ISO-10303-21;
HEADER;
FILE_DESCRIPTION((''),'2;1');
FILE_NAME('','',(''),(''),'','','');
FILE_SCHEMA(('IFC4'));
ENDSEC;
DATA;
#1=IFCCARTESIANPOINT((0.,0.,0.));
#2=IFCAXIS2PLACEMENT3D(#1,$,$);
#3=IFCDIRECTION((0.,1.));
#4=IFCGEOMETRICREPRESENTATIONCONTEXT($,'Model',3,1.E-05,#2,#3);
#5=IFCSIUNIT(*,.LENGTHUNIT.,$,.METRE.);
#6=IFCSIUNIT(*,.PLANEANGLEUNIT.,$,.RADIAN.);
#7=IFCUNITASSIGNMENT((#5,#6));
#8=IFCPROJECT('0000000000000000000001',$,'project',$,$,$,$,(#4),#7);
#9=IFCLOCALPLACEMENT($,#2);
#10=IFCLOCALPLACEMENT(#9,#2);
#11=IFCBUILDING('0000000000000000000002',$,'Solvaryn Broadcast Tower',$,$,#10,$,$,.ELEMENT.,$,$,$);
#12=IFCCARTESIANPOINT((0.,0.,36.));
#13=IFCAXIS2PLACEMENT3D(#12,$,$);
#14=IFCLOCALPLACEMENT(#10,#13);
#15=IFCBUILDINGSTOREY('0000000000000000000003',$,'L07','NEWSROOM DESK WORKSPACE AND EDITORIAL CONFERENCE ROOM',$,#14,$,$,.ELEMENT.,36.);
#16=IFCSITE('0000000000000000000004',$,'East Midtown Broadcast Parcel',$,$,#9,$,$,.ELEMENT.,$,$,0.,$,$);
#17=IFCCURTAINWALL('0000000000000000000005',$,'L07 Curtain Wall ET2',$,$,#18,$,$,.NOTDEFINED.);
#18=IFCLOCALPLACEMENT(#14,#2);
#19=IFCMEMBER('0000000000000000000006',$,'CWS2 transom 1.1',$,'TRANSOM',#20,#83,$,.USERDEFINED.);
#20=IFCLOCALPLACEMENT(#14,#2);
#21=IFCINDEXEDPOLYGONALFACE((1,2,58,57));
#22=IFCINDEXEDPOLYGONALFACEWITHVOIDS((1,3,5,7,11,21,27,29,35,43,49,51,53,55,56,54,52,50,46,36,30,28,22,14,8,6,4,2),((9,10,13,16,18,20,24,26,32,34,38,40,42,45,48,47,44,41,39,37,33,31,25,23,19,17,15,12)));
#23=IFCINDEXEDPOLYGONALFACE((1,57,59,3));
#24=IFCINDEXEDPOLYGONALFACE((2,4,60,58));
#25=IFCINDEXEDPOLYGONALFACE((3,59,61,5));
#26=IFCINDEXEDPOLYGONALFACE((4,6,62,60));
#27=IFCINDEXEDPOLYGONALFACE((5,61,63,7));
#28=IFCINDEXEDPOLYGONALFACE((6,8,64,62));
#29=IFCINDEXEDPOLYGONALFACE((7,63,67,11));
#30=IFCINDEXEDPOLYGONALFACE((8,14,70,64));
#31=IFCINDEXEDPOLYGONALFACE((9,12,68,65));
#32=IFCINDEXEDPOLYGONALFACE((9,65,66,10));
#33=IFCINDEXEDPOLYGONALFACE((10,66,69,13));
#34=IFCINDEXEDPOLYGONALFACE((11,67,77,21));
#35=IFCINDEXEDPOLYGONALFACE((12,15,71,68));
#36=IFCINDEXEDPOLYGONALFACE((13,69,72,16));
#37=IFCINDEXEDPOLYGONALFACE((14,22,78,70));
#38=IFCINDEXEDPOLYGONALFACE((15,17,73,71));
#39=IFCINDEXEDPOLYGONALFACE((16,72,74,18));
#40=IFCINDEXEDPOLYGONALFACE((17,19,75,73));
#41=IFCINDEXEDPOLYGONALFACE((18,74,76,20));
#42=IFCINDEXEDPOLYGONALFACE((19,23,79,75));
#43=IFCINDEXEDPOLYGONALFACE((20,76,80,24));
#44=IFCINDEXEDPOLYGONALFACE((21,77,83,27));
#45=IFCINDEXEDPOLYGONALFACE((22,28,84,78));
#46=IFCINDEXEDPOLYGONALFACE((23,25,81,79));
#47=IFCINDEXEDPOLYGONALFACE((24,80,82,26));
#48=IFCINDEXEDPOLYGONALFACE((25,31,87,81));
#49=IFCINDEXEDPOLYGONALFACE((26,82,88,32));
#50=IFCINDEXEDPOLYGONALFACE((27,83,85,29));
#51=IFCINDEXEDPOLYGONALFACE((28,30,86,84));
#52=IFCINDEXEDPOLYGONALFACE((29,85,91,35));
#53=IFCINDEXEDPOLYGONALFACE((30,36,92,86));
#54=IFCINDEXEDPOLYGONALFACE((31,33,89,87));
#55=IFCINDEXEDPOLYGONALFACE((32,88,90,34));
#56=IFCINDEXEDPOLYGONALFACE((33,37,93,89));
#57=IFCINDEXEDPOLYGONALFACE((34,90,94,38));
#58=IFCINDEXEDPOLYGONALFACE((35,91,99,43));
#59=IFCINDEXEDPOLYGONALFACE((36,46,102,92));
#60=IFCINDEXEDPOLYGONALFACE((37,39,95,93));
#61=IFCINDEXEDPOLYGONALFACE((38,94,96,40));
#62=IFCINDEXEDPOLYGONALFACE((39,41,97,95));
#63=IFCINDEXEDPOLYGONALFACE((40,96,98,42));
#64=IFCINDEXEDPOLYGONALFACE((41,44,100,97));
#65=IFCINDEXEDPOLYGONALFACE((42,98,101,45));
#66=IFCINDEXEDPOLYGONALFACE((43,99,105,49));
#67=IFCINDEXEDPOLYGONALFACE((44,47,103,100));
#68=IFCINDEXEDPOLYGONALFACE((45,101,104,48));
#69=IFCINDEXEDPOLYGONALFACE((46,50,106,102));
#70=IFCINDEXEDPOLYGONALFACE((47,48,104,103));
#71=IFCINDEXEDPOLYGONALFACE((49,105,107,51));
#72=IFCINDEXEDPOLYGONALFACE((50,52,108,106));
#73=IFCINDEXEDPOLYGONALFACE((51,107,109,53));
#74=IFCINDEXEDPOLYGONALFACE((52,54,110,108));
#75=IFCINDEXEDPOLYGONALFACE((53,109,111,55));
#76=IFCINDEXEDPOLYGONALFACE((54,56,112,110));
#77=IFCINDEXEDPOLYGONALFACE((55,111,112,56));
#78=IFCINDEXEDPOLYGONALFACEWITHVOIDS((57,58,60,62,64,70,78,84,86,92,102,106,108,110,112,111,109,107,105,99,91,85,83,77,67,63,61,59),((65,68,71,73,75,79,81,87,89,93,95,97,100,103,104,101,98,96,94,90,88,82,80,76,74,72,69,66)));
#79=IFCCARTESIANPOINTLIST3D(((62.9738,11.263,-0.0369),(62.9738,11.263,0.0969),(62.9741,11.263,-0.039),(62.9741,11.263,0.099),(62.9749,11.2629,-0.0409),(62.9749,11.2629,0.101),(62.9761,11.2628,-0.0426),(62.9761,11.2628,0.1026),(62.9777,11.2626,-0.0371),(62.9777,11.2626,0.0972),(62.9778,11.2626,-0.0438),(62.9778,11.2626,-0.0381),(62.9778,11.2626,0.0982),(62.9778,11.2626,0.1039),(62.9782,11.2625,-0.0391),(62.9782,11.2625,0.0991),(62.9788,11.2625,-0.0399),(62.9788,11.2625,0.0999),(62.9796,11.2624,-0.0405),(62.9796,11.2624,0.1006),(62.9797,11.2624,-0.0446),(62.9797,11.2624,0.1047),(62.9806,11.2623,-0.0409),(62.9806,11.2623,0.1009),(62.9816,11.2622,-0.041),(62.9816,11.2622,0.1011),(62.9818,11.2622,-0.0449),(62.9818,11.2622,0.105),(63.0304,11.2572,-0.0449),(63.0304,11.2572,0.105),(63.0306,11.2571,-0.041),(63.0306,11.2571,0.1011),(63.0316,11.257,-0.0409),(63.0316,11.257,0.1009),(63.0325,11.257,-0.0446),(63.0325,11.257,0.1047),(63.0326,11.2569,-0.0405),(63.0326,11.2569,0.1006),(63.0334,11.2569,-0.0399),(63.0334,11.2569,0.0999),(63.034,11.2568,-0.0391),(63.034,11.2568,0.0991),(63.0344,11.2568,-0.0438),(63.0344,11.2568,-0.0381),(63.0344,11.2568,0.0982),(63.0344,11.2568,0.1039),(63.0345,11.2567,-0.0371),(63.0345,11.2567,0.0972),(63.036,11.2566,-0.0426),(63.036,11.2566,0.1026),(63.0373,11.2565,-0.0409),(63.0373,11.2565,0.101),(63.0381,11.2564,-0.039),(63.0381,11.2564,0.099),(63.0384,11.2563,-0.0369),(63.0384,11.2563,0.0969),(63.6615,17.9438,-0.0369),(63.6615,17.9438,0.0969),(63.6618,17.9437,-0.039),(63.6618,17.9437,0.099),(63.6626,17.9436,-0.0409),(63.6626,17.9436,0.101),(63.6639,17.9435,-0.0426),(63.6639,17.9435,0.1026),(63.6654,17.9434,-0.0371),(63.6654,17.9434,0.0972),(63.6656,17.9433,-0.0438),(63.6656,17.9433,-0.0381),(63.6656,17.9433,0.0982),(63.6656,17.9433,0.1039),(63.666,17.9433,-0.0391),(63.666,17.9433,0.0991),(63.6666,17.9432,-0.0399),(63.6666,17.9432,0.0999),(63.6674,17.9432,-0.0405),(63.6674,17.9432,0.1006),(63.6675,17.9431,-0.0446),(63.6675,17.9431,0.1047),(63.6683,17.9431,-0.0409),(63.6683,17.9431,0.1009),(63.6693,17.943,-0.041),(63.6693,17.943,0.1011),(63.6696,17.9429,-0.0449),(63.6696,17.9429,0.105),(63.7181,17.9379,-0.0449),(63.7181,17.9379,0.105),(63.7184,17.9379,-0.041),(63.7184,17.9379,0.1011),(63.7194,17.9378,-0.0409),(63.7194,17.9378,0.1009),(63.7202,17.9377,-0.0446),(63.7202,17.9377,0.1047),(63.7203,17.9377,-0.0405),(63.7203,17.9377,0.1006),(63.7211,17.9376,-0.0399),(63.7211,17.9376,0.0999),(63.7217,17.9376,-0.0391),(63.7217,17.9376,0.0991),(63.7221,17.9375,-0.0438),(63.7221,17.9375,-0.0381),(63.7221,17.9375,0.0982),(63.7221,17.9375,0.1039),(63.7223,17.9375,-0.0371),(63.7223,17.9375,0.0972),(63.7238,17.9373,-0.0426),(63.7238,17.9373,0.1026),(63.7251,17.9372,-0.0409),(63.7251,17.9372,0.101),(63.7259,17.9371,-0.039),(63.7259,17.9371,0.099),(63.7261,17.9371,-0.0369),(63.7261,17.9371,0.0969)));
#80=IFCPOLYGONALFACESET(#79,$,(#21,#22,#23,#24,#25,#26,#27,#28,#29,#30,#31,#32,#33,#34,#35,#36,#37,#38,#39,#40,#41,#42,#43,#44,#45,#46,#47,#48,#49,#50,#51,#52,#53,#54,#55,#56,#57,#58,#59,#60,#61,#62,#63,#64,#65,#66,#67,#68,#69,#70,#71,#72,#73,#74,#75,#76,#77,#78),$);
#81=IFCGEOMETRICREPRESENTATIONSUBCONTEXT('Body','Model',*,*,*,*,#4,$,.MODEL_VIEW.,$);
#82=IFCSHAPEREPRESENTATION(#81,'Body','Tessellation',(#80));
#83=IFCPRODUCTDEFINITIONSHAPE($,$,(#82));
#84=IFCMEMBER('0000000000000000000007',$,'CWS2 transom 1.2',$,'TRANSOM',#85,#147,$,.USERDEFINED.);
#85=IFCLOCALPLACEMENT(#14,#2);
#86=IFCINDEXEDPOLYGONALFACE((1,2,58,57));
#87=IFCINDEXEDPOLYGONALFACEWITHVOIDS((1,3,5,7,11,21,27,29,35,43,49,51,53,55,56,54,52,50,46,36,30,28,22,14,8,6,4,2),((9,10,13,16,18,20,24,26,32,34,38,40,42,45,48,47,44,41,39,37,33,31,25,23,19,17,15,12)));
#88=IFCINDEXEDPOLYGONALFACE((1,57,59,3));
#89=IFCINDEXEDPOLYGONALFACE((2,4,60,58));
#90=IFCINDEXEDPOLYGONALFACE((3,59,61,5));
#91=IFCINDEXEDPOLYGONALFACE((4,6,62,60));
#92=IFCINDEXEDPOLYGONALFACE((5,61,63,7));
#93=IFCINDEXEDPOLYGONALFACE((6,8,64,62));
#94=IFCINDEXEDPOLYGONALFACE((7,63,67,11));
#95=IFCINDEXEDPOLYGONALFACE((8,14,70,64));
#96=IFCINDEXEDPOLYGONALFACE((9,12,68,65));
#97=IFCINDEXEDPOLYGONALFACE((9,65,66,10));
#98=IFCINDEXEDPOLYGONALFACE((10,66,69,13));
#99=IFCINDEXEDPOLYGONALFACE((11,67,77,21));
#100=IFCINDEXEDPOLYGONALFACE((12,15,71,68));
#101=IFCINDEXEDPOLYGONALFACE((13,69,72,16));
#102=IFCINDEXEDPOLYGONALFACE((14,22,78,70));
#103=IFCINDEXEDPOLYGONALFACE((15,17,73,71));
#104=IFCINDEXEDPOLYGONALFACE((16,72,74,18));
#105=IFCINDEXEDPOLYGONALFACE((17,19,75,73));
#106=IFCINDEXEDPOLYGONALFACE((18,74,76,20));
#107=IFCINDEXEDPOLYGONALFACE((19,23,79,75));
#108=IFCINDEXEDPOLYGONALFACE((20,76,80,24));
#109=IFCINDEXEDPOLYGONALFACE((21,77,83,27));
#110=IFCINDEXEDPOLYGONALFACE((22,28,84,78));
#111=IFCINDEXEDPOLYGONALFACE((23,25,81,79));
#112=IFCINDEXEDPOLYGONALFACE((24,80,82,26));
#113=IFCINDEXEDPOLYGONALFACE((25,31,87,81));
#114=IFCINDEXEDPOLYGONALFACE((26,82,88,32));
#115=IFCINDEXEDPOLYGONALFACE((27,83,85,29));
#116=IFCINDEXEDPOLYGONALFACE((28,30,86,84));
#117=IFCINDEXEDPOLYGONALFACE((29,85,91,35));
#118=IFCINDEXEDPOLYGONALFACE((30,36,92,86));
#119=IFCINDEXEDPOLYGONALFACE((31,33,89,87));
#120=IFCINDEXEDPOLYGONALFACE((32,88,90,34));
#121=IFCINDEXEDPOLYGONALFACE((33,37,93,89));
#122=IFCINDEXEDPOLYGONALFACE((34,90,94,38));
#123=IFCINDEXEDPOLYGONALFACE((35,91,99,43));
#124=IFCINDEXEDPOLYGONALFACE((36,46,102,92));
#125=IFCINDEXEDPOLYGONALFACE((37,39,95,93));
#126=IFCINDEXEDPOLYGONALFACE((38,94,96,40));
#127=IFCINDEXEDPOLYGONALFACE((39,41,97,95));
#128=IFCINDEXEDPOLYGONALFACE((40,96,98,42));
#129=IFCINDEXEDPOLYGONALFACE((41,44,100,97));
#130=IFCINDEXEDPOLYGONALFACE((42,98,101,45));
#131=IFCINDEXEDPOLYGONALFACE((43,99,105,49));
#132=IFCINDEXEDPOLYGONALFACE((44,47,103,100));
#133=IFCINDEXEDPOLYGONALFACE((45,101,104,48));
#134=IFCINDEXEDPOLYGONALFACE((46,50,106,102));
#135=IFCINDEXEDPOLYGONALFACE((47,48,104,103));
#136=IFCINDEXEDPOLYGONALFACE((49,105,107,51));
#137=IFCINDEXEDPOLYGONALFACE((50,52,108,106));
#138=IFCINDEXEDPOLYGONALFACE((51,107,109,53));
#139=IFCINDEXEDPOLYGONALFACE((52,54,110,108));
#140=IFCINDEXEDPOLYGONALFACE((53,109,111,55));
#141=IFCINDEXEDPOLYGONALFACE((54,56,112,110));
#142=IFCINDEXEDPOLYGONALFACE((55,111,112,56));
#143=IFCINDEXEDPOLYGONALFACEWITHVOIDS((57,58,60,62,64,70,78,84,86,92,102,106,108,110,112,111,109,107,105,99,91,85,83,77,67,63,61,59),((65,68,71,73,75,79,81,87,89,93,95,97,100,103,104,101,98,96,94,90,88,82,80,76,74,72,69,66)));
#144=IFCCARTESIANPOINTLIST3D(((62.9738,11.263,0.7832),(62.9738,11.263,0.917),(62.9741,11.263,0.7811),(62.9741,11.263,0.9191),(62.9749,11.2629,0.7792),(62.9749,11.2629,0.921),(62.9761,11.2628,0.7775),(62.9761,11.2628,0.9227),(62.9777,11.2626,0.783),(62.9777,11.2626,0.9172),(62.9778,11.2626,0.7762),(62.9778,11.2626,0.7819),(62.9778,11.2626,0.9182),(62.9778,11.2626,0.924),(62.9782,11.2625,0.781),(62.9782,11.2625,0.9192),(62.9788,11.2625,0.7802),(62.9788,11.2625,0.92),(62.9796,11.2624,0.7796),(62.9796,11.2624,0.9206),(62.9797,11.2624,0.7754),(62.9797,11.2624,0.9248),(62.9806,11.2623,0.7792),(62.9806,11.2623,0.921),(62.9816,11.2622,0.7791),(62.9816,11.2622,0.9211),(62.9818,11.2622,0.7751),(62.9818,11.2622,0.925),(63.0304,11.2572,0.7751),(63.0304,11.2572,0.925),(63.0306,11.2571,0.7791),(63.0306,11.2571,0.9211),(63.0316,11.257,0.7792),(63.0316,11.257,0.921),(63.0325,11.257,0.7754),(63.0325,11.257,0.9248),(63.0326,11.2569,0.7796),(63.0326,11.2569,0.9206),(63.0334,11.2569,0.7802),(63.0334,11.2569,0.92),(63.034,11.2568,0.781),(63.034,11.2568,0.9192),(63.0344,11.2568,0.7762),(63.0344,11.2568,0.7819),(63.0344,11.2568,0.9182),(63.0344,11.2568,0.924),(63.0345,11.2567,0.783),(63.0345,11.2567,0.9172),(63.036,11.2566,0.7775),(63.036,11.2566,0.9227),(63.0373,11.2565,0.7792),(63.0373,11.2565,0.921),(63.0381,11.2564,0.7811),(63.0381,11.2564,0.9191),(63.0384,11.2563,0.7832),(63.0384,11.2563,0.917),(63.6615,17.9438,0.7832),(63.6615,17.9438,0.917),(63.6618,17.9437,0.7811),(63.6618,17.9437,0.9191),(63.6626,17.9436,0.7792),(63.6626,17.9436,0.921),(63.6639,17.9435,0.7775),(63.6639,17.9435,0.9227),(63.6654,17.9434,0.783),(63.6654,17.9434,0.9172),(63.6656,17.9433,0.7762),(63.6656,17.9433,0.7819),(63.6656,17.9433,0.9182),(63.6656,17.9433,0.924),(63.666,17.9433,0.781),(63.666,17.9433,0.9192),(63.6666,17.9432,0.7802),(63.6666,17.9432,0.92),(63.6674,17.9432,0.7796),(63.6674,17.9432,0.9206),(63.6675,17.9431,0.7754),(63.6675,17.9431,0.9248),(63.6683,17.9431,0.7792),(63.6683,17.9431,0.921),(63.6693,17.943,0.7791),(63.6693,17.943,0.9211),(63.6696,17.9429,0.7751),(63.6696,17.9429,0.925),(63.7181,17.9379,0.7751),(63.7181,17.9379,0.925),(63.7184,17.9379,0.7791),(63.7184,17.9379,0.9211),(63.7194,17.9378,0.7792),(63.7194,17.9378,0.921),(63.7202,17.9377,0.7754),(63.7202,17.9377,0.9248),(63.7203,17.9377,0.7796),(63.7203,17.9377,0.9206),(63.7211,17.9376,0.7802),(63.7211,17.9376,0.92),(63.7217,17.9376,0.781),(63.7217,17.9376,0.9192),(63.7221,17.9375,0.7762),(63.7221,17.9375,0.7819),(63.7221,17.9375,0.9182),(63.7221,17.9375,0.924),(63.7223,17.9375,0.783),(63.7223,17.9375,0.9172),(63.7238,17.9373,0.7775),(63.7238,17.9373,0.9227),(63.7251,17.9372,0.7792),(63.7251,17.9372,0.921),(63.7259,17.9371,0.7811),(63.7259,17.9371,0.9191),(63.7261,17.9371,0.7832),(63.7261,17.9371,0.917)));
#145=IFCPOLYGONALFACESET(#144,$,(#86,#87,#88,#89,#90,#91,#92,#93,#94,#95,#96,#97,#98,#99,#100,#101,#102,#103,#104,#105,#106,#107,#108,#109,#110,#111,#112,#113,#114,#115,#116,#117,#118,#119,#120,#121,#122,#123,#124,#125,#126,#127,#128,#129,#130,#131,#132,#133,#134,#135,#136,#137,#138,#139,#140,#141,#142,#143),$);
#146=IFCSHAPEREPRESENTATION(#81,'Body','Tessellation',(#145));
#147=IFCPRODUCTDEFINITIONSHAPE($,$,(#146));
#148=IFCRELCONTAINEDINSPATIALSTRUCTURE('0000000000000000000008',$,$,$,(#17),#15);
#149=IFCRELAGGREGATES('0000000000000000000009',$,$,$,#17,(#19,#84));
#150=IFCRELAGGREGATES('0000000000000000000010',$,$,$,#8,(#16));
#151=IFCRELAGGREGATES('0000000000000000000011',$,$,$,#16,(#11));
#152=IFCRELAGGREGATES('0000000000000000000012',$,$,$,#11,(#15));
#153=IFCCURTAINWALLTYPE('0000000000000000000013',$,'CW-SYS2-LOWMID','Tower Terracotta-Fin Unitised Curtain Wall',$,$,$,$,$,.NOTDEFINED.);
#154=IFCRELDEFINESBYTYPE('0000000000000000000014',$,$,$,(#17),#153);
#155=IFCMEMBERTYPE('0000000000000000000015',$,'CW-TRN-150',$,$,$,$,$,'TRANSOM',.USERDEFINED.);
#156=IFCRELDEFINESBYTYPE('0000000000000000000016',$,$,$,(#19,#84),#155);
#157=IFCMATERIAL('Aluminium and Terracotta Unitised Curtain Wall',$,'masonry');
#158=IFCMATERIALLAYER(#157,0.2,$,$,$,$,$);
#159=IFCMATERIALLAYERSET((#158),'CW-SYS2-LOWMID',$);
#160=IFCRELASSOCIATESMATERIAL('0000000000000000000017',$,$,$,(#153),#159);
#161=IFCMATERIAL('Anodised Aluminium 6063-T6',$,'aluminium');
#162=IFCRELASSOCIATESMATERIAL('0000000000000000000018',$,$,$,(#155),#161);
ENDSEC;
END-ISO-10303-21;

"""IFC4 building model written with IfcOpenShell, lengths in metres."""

from ifc_helpers import new_model, si_unit, direction, frame, origin, origin_2d, place, context, subcontext, project, spatial, hollow_rectangle, extrude, material, layer, layer_set, material_profile, profile_set, type_object, element, aggregate, save


model = new_model("IFC4")

# Units and contexts
model_context = context("Model", 3, precision=1e-05, world=origin(), true_north=direction((0.0, 1.0)))
body_context = subcontext(model_context, "Body", "Model", "MODEL_VIEW")
ifc_project = project(units=[si_unit("LENGTHUNIT", "METRE"), si_unit("PLANEANGLEUNIT", "RADIAN")], contexts=[model_context])

# Site, building, storey
site_placement = place(None, origin())
site = spatial("IfcSite", under=ifc_project, at=site_placement, Name="East Midtown Broadcast Parcel", CompositionType="ELEMENT", RefElevation=0.0)
building_placement = place(site_placement, origin())
building = spatial("IfcBuilding", under=site, at=building_placement, Name="Solvaryn Broadcast Tower", CompositionType="ELEMENT")
storey_placement = place(building_placement, frame((0.0, 0.0, 36.0)))
storey = spatial("IfcBuildingStorey", under=building, at=storey_placement, Name="L07", Description="NEWSROOM DESK WORKSPACE AND EDITORIAL CONFERENCE ROOM", CompositionType="ELEMENT", Elevation=36.0)

# Shared definitions
ifc_material_1 = material(Name="Aluminium and Terracotta Unitised Curtain Wall", Category="masonry")
ifc_layer_1 = layer(ifc_material_1, 0.2)
ifc_layer_set_1 = layer_set([ifc_layer_1], Name="CW-SYS2-LOWMID")
curtain_wall_type = type_object("IfcCurtainWallType", Name="CW-SYS2-LOWMID", Description="Tower Terracotta-Fin Unitised Curtain Wall", PredefinedType="NOTDEFINED", material=ifc_layer_set_1)

# Curtain wall, members
curtain_wall_1_placement = place(storey_placement, origin())
curtain_wall_1 = element("IfcCurtainWall", 1, at=curtain_wall_1_placement, inside=storey, type_object=curtain_wall_type, Name="L07 Curtain Wall ET2", PredefinedType="NOTDEFINED")
ifc_material_2 = material(Name="Anodised Aluminium 6063-T6", Category="aluminium")
ifc_material_profile_1 = material_profile(ifc_material_2, hollow_rectangle(XDim=0.0649, YDim=0.1499, WallThickness=0.0039, InnerFilletRadius=0.0039, OuterFilletRadius=0.0081, at=origin_2d()))
ifc_profile_set_1 = profile_set([ifc_material_profile_1], Name="Anodised Aluminium 6063-T6")
member_type_1 = type_object("IfcMemberType", Name="CW-TRN-150", ElementType="TRANSOM", PredefinedType="USERDEFINED", material=ifc_profile_set_1)
member_1_placement = place(storey_placement, frame((63.6938, 17.9404, 0.03), z_axis=(-0.102404, -0.994743, 0.0), x_axis=(0.994743, -0.102404, 0.0)))
member_1 = element("IfcMember", 2, at=member_1_placement, type_object=member_type_1, Name="CWS2 transom 1.1", ObjectType="TRANSOM", PredefinedType="USERDEFINED", context=body_context, shape_type="SweptSolid", body=[
    extrude(hollow_rectangle(XDim=0.0649, YDim=0.1499, WallThickness=0.0039, InnerFilletRadius=0.0039, OuterFilletRadius=0.0081, at=origin_2d()), origin(), (0.0, 0.0, 1.0), 6.7161),
])
member_2_placement = place(storey_placement, frame((63.6938, 17.9404, 0.8501), z_axis=(-0.102404, -0.994743, 0.0), x_axis=(0.994743, -0.102404, 0.0)))
member_2 = element("IfcMember", 3, at=member_2_placement, type_object=member_type_1, Name="CWS2 transom 1.2", ObjectType="TRANSOM", PredefinedType="USERDEFINED", context=body_context, shape_type="SweptSolid", body=[
    extrude(hollow_rectangle(XDim=0.0649, YDim=0.1499, WallThickness=0.0039, InnerFilletRadius=0.0039, OuterFilletRadius=0.0081, at=origin_2d()), origin(), (0.0, 0.0, 1.0), 6.7161),
])
aggregate(curtain_wall_1, [member_1, member_2])

save(model, "model.ifc")
